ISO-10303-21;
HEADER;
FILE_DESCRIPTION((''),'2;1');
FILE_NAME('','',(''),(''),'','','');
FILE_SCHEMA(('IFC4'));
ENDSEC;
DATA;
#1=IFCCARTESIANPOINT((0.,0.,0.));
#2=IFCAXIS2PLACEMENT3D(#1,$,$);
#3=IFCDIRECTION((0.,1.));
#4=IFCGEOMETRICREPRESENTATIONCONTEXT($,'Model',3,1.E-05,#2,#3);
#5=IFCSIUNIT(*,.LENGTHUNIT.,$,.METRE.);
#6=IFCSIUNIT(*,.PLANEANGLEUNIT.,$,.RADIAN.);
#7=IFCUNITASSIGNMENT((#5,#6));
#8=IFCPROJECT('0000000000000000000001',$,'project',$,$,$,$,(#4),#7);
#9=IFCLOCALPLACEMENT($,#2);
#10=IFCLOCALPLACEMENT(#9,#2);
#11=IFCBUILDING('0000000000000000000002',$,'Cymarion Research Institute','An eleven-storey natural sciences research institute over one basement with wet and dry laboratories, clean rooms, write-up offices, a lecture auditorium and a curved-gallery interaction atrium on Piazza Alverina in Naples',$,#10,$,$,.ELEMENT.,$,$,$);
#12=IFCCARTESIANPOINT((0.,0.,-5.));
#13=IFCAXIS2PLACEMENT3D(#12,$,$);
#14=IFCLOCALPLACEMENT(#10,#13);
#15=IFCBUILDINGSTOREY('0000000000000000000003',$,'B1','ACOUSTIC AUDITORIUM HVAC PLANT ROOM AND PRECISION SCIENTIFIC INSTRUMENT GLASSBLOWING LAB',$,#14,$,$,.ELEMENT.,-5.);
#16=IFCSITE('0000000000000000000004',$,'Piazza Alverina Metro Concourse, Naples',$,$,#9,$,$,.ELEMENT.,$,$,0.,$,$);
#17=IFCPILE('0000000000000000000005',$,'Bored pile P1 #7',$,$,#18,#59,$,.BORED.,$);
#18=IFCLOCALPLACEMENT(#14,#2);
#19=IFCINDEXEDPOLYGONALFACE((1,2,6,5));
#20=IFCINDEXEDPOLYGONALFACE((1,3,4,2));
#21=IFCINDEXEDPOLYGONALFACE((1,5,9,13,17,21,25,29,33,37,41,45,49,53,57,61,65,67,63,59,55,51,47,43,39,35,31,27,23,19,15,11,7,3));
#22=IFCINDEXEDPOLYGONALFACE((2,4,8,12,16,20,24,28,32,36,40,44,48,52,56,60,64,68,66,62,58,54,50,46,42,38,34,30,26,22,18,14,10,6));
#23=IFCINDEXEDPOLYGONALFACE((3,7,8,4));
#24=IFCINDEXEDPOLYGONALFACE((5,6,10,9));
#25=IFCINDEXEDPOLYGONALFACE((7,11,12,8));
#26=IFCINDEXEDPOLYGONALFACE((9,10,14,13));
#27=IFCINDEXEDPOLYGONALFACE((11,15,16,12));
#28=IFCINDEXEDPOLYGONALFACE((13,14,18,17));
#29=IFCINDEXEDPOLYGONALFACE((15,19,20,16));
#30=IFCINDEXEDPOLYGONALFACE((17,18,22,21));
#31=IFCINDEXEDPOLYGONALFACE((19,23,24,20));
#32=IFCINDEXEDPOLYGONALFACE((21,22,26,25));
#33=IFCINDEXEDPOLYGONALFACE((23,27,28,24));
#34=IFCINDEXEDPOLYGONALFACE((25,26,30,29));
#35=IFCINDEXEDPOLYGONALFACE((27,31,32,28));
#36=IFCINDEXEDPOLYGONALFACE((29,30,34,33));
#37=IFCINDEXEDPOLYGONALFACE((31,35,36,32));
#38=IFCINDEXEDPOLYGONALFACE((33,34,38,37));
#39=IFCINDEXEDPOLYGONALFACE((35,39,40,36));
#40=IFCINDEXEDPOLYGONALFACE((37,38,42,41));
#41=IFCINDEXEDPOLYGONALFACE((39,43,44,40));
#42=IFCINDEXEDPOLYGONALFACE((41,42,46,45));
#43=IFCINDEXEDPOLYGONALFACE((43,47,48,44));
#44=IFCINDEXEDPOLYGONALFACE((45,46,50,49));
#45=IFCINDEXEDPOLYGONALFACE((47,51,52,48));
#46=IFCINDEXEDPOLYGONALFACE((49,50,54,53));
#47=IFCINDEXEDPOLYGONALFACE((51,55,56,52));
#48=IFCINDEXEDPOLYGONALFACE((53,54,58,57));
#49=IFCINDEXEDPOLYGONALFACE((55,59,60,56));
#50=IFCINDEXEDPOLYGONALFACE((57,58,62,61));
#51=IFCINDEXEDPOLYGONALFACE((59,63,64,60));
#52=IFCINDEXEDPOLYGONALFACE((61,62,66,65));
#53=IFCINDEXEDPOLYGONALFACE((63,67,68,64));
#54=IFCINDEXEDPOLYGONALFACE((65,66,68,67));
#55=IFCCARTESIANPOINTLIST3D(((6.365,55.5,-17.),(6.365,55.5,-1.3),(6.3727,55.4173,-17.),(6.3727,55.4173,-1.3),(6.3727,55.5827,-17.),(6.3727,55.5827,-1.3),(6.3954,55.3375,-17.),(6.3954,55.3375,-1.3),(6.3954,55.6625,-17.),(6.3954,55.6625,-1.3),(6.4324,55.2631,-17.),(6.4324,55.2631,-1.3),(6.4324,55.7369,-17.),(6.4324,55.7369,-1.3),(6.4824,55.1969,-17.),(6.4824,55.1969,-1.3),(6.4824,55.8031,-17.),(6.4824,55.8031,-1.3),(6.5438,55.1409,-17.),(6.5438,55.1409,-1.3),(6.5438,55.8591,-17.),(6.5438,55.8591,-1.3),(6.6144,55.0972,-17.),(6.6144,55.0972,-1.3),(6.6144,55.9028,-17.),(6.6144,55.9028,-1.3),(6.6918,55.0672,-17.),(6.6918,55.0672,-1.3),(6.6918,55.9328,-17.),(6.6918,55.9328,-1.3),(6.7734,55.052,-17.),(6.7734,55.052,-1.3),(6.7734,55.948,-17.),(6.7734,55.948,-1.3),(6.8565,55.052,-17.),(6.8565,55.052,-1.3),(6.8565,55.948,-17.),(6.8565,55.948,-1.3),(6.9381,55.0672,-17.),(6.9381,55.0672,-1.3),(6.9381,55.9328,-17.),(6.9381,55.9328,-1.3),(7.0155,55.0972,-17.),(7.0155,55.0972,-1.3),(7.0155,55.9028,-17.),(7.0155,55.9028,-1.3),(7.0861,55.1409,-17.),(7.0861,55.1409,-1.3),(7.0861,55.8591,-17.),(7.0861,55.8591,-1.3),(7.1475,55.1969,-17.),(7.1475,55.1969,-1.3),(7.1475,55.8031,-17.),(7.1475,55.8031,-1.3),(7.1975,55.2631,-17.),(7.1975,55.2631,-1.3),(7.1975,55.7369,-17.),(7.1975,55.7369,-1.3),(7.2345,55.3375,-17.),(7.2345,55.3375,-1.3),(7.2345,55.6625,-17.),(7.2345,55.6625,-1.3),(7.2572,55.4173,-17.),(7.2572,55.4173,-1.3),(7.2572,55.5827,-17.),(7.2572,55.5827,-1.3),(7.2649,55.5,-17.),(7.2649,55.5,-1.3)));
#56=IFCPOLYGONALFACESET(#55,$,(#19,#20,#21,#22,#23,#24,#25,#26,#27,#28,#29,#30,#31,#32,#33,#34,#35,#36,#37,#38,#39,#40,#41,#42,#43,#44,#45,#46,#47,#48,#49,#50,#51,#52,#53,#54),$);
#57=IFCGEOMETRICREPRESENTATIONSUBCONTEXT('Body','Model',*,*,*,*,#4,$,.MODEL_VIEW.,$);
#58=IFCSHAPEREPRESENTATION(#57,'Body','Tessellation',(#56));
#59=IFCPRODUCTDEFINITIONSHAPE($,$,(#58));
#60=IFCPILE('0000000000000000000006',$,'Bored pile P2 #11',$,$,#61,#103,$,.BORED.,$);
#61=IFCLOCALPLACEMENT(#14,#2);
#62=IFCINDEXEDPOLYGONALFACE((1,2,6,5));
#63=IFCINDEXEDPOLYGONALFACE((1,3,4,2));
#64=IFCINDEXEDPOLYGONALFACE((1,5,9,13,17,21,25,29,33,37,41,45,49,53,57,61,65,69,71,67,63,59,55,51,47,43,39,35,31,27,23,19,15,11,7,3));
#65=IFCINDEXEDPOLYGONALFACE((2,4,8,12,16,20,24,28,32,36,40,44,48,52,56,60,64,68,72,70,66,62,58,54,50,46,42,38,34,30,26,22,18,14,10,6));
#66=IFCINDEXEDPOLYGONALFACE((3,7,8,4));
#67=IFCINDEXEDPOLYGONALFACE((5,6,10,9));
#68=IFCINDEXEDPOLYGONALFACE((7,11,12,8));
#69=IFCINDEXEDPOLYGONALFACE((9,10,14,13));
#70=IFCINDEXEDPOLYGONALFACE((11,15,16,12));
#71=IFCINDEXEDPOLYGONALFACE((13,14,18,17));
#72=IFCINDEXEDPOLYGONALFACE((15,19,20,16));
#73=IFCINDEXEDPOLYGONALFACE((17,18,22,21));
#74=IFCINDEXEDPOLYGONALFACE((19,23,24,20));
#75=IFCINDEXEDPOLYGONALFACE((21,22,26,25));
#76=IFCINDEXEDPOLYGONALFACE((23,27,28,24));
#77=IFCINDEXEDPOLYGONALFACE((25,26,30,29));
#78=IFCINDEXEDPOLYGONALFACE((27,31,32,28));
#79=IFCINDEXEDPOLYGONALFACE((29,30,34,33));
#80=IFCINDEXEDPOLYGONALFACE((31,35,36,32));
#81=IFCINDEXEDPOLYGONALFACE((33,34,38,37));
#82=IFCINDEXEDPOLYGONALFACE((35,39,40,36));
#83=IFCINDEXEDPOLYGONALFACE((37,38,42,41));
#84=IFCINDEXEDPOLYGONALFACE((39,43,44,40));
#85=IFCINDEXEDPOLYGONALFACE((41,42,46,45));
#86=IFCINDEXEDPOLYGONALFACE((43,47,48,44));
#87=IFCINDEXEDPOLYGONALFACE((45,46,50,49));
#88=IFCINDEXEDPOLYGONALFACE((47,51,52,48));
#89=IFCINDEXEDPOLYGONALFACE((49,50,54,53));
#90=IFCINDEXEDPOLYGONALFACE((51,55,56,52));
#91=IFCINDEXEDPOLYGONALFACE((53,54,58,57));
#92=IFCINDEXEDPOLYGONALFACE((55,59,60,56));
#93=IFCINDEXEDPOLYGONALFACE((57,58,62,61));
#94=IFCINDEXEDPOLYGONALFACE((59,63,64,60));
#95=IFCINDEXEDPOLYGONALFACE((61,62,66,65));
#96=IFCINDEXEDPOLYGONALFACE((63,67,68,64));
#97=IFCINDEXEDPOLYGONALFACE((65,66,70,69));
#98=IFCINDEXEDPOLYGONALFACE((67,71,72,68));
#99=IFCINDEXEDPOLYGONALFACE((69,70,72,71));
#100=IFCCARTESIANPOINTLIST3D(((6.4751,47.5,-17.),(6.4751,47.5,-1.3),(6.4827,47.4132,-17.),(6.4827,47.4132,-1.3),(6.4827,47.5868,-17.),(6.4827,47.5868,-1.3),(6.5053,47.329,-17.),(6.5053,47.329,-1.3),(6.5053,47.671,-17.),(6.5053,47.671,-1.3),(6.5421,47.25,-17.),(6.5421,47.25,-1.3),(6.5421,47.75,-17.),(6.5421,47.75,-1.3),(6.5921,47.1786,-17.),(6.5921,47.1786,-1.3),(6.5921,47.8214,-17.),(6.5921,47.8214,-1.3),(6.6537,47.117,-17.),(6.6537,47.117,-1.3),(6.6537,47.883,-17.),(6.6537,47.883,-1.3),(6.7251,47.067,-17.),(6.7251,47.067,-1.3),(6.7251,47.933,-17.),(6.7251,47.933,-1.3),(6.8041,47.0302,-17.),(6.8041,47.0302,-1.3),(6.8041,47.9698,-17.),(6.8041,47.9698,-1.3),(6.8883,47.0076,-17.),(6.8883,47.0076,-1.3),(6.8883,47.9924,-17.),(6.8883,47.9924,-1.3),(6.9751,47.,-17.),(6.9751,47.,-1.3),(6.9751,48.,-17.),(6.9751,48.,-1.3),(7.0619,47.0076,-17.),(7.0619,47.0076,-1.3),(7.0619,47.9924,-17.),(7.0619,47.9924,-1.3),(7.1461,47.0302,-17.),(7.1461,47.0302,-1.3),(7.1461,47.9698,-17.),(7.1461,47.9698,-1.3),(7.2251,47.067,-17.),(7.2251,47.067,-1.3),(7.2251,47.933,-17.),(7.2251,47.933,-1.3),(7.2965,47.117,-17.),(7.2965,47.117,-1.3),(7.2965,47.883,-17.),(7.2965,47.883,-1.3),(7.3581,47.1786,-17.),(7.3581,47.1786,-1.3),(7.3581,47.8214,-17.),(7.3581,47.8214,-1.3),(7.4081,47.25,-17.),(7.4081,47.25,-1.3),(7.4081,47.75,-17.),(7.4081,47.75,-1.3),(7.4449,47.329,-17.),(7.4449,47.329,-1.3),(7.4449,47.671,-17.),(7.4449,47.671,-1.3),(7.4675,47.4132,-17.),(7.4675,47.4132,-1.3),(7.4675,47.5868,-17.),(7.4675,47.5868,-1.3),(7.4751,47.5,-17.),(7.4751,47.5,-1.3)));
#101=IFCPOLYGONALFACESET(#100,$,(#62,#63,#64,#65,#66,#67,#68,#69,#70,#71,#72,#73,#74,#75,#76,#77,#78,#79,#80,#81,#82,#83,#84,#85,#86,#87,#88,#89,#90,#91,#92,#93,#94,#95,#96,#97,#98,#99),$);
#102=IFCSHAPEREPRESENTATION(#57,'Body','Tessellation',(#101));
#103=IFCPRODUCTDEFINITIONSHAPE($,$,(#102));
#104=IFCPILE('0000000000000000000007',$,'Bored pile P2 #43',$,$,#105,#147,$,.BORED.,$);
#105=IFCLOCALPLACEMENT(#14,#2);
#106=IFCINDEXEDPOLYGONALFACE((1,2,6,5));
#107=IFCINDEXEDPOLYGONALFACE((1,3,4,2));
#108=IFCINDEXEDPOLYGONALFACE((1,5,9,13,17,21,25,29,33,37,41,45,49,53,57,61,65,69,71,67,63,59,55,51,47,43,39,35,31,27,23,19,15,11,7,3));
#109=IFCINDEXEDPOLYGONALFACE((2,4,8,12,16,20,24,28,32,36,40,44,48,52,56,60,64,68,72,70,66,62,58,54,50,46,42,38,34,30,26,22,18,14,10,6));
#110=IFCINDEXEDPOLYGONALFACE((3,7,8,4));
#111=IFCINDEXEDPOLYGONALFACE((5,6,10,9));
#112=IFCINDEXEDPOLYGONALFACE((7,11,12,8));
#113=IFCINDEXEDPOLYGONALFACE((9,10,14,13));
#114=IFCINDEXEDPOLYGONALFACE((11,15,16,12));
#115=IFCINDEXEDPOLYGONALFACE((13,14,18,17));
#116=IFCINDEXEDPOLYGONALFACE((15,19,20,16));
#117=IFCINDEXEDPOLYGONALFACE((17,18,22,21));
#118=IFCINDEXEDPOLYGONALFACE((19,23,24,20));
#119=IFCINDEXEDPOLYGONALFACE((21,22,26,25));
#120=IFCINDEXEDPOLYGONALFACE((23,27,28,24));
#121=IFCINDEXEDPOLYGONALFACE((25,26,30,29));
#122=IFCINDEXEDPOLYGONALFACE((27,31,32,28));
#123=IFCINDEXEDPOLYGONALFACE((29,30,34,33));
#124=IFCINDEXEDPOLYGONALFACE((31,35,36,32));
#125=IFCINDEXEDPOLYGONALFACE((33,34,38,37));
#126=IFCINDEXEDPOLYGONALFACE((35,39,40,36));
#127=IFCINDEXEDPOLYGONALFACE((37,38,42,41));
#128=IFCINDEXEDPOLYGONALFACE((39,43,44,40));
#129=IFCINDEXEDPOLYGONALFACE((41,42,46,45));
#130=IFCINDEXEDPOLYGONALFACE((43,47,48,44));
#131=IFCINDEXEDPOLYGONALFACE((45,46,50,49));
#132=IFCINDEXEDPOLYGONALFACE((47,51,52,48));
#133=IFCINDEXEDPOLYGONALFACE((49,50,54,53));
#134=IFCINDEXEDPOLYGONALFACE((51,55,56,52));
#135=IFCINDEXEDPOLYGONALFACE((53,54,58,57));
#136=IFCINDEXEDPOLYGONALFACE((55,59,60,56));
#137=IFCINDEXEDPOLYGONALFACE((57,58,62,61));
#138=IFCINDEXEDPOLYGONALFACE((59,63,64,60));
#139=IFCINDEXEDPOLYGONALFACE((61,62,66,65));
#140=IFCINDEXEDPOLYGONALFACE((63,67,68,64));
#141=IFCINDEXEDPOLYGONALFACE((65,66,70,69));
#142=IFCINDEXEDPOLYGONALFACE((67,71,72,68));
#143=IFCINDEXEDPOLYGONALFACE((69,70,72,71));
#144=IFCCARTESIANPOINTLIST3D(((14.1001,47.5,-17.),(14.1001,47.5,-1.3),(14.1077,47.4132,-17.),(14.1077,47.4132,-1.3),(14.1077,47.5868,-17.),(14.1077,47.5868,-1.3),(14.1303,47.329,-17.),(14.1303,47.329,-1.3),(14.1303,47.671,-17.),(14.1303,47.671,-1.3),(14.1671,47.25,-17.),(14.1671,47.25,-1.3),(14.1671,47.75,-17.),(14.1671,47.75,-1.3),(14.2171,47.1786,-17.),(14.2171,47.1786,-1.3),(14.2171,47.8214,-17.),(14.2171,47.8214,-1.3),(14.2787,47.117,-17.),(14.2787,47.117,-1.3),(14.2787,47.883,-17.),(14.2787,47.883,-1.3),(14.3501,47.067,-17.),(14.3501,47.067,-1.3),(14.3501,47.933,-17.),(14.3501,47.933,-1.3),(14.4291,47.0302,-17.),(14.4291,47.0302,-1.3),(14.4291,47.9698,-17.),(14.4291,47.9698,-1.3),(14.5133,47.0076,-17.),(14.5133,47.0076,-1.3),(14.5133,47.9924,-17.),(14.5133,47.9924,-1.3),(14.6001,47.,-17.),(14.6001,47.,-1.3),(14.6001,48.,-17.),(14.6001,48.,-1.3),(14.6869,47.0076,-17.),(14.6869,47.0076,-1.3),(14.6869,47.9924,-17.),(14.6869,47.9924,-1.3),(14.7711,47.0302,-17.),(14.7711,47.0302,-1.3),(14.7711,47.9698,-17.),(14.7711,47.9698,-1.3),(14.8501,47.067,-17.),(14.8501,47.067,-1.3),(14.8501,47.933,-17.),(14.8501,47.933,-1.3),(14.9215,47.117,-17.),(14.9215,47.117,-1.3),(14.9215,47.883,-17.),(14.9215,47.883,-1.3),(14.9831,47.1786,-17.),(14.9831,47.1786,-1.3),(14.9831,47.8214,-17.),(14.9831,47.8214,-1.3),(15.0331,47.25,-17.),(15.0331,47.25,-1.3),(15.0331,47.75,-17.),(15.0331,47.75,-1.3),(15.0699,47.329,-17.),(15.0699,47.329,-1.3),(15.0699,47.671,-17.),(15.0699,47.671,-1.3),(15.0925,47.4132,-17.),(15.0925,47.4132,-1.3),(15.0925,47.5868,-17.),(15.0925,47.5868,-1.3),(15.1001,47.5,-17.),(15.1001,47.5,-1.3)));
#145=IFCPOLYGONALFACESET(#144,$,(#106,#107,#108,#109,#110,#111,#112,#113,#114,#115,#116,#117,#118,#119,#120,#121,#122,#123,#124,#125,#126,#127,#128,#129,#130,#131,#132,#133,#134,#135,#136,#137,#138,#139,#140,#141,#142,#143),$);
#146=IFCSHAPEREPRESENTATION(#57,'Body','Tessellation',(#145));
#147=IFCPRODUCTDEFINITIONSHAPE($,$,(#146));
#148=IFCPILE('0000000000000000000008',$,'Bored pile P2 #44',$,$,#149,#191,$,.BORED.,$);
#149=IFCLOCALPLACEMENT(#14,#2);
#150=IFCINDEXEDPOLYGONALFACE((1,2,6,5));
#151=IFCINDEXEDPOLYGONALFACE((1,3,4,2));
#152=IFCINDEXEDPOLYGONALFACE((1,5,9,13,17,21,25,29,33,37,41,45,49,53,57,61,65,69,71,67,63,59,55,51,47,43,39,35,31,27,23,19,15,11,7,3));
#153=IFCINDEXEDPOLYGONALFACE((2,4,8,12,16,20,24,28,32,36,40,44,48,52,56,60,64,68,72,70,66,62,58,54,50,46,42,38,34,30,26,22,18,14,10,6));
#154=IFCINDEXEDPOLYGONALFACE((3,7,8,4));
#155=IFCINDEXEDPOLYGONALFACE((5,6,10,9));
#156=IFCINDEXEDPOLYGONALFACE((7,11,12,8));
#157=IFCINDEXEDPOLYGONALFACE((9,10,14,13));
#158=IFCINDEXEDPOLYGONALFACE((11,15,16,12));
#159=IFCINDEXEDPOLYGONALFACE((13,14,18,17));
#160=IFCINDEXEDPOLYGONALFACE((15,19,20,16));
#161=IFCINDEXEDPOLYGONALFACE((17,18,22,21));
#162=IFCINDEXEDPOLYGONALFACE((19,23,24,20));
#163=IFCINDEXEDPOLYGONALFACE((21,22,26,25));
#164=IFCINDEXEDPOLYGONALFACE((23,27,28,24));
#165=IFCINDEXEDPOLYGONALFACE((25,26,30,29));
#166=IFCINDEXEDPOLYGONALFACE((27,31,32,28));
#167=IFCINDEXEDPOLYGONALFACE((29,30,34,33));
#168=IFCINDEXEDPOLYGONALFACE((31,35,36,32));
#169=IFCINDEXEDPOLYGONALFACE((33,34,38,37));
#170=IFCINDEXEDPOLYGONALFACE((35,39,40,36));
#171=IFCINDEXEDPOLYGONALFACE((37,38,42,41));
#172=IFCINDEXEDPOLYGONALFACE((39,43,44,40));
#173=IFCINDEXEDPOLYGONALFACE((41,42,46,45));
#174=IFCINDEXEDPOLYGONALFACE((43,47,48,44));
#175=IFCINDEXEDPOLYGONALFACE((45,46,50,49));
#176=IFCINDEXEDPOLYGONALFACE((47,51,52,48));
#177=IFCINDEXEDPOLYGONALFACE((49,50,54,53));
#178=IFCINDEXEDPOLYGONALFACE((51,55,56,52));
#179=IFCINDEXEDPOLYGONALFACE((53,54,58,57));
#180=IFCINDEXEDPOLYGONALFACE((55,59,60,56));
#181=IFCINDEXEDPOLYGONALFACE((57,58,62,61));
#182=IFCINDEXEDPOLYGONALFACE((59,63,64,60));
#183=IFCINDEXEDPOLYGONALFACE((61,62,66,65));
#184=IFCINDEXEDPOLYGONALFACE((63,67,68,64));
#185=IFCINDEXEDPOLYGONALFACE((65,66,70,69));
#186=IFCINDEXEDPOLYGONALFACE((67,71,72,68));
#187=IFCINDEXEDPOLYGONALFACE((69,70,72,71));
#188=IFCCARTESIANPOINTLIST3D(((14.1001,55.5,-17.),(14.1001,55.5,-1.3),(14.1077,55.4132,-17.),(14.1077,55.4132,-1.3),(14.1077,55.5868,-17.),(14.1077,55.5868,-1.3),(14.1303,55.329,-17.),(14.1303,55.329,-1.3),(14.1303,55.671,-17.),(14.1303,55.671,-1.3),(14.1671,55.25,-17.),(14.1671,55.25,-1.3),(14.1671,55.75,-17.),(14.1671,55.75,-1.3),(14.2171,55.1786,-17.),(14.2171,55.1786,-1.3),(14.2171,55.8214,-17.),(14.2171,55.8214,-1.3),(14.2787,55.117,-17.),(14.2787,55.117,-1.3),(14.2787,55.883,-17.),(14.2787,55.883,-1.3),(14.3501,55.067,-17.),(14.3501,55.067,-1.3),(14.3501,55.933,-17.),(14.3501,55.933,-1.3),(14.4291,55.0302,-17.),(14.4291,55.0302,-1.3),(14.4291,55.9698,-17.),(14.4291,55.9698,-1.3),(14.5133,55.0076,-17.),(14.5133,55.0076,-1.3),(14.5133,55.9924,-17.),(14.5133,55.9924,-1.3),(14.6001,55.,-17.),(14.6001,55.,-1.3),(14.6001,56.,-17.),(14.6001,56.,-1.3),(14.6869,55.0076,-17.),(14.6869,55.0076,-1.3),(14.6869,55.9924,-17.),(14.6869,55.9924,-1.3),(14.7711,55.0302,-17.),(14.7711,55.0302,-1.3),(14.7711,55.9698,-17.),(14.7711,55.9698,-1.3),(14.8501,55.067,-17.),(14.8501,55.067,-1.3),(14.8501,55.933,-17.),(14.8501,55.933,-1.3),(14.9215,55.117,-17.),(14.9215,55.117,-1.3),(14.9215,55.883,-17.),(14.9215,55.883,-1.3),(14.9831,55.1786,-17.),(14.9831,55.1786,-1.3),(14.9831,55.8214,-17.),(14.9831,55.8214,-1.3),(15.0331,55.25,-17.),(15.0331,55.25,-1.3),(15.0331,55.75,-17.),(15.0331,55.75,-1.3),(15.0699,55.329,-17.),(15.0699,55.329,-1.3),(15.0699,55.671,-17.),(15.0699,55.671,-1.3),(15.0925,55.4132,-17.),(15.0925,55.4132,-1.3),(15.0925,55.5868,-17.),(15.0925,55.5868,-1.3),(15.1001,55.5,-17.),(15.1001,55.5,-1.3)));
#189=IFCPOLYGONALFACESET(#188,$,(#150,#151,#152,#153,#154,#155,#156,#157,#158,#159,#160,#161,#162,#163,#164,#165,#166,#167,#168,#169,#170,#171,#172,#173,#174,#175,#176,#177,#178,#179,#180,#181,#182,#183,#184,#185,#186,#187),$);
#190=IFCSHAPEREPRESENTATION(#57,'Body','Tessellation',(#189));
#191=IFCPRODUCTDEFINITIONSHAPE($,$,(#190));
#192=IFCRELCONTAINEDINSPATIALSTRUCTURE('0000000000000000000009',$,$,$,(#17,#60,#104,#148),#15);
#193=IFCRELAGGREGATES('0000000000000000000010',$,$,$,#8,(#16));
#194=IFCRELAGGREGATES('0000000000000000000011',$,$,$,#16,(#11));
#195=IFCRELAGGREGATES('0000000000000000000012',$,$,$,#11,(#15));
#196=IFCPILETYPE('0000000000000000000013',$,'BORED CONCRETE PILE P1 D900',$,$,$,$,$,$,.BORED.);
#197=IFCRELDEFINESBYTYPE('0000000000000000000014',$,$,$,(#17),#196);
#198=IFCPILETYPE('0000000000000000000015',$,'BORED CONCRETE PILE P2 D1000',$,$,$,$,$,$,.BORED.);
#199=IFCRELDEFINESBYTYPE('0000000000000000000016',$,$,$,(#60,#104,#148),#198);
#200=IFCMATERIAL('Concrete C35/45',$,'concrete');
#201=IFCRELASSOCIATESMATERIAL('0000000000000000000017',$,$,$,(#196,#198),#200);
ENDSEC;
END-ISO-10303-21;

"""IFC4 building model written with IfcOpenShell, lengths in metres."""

from ifc_helpers import new_model, si_unit, direction, frame, origin, origin_2d, place, context, subcontext, project, spatial, circle, extrude, material, material_profile, profile_set, type_object, element, save


model = new_model("IFC4")

# Units and contexts
model_context = context("Model", 3, precision=1e-05, world=origin(), true_north=direction((0.0, 1.0)))
body_context = subcontext(model_context, "Body", "Model", "MODEL_VIEW")
ifc_project = project(units=[si_unit("LENGTHUNIT", "METRE"), si_unit("PLANEANGLEUNIT", "RADIAN")], contexts=[model_context])

# Site, building, storey
site_placement = place(None, origin())
site = spatial("IfcSite", under=ifc_project, at=site_placement, Name="Piazza Alverina Metro Concourse, Naples", CompositionType="ELEMENT", RefElevation=0.0)
building_placement = place(site_placement, origin())
building = spatial("IfcBuilding", under=site, at=building_placement, Name="Cymarion Research Institute", Description="An eleven-storey natural sciences research institute over one basement with wet and dry laboratories, clean rooms, write-up offices, a lecture auditorium and a curved-gallery interaction atrium on Piazza Alverina in Naples", CompositionType="ELEMENT")
storey_placement = place(building_placement, frame((0.0, 0.0, -5.0)))
storey = spatial("IfcBuildingStorey", under=building, at=storey_placement, Name="B1", Description="ACOUSTIC AUDITORIUM HVAC PLANT ROOM AND PRECISION SCIENTIFIC INSTRUMENT GLASSBLOWING LAB", CompositionType="ELEMENT", Elevation=-5.0)

# Piles
ifc_material_1 = material(Name="Concrete C35/45", Category="concrete")
ifc_material_profile_1 = material_profile(ifc_material_1, circle(Radius=0.45, at=origin_2d()), Name="BORED PILE D900")
ifc_profile_set_1 = profile_set([ifc_material_profile_1], Name="Concrete C35/45")
pile_type_1 = type_object("IfcPileType", Name="BORED CONCRETE PILE P1 D900", PredefinedType="BORED", material=ifc_profile_set_1)
pile_placement = place(storey_placement, frame((6.8149, 55.5, -1.3), z_axis=(0.0, 0.0, -1.0), x_axis=(1.0, 0.0, 0.0)))
element("IfcPile", 1, at=pile_placement, inside=storey, type_object=pile_type_1, Name="Bored pile P1 #7", PredefinedType="BORED", context=body_context, shape_type="SweptSolid", body=[
    extrude(circle(Radius=0.45, at=origin_2d()), origin(), (0.0, 0.0, 1.0), 15.7),
])
ifc_material_profile_2 = material_profile(ifc_material_1, circle(Radius=0.5, at=origin_2d()), Name="BORED PILE D1000")
ifc_profile_set_2 = profile_set([ifc_material_profile_2], Name="Concrete C35/45")
pile_type_2 = type_object("IfcPileType", Name="BORED CONCRETE PILE P2 D1000", PredefinedType="BORED", material=ifc_profile_set_2)
for number, where, z_axis, x_axis, name in (
    (2, (6.9751, 47.5, -1.3), (0.0, 0.0, -1.0), (1.0, 0.0, 0.0), "Bored pile P2 #11"),
    (3, (14.6001, 47.5, -1.3), (0.0, 0.0, -1.0), (1.0, 0.0, 0.0), "Bored pile P2 #43"),
    (4, (14.6001, 55.5, -1.3), (0.0, 0.0, -1.0), (1.0, 0.0, 0.0), "Bored pile P2 #44"),
):
    element("IfcPile", number, at=place(storey_placement, frame(where, z_axis=z_axis, x_axis=x_axis)), inside=storey, type_object=pile_type_2, Name=name, PredefinedType="BORED", context=body_context, shape_type="SweptSolid", body=[
        extrude(circle(Radius=0.5, at=origin_2d()), origin(), (0.0, 0.0, 1.0), 15.7),
    ])

save(model, "model.ifc")
